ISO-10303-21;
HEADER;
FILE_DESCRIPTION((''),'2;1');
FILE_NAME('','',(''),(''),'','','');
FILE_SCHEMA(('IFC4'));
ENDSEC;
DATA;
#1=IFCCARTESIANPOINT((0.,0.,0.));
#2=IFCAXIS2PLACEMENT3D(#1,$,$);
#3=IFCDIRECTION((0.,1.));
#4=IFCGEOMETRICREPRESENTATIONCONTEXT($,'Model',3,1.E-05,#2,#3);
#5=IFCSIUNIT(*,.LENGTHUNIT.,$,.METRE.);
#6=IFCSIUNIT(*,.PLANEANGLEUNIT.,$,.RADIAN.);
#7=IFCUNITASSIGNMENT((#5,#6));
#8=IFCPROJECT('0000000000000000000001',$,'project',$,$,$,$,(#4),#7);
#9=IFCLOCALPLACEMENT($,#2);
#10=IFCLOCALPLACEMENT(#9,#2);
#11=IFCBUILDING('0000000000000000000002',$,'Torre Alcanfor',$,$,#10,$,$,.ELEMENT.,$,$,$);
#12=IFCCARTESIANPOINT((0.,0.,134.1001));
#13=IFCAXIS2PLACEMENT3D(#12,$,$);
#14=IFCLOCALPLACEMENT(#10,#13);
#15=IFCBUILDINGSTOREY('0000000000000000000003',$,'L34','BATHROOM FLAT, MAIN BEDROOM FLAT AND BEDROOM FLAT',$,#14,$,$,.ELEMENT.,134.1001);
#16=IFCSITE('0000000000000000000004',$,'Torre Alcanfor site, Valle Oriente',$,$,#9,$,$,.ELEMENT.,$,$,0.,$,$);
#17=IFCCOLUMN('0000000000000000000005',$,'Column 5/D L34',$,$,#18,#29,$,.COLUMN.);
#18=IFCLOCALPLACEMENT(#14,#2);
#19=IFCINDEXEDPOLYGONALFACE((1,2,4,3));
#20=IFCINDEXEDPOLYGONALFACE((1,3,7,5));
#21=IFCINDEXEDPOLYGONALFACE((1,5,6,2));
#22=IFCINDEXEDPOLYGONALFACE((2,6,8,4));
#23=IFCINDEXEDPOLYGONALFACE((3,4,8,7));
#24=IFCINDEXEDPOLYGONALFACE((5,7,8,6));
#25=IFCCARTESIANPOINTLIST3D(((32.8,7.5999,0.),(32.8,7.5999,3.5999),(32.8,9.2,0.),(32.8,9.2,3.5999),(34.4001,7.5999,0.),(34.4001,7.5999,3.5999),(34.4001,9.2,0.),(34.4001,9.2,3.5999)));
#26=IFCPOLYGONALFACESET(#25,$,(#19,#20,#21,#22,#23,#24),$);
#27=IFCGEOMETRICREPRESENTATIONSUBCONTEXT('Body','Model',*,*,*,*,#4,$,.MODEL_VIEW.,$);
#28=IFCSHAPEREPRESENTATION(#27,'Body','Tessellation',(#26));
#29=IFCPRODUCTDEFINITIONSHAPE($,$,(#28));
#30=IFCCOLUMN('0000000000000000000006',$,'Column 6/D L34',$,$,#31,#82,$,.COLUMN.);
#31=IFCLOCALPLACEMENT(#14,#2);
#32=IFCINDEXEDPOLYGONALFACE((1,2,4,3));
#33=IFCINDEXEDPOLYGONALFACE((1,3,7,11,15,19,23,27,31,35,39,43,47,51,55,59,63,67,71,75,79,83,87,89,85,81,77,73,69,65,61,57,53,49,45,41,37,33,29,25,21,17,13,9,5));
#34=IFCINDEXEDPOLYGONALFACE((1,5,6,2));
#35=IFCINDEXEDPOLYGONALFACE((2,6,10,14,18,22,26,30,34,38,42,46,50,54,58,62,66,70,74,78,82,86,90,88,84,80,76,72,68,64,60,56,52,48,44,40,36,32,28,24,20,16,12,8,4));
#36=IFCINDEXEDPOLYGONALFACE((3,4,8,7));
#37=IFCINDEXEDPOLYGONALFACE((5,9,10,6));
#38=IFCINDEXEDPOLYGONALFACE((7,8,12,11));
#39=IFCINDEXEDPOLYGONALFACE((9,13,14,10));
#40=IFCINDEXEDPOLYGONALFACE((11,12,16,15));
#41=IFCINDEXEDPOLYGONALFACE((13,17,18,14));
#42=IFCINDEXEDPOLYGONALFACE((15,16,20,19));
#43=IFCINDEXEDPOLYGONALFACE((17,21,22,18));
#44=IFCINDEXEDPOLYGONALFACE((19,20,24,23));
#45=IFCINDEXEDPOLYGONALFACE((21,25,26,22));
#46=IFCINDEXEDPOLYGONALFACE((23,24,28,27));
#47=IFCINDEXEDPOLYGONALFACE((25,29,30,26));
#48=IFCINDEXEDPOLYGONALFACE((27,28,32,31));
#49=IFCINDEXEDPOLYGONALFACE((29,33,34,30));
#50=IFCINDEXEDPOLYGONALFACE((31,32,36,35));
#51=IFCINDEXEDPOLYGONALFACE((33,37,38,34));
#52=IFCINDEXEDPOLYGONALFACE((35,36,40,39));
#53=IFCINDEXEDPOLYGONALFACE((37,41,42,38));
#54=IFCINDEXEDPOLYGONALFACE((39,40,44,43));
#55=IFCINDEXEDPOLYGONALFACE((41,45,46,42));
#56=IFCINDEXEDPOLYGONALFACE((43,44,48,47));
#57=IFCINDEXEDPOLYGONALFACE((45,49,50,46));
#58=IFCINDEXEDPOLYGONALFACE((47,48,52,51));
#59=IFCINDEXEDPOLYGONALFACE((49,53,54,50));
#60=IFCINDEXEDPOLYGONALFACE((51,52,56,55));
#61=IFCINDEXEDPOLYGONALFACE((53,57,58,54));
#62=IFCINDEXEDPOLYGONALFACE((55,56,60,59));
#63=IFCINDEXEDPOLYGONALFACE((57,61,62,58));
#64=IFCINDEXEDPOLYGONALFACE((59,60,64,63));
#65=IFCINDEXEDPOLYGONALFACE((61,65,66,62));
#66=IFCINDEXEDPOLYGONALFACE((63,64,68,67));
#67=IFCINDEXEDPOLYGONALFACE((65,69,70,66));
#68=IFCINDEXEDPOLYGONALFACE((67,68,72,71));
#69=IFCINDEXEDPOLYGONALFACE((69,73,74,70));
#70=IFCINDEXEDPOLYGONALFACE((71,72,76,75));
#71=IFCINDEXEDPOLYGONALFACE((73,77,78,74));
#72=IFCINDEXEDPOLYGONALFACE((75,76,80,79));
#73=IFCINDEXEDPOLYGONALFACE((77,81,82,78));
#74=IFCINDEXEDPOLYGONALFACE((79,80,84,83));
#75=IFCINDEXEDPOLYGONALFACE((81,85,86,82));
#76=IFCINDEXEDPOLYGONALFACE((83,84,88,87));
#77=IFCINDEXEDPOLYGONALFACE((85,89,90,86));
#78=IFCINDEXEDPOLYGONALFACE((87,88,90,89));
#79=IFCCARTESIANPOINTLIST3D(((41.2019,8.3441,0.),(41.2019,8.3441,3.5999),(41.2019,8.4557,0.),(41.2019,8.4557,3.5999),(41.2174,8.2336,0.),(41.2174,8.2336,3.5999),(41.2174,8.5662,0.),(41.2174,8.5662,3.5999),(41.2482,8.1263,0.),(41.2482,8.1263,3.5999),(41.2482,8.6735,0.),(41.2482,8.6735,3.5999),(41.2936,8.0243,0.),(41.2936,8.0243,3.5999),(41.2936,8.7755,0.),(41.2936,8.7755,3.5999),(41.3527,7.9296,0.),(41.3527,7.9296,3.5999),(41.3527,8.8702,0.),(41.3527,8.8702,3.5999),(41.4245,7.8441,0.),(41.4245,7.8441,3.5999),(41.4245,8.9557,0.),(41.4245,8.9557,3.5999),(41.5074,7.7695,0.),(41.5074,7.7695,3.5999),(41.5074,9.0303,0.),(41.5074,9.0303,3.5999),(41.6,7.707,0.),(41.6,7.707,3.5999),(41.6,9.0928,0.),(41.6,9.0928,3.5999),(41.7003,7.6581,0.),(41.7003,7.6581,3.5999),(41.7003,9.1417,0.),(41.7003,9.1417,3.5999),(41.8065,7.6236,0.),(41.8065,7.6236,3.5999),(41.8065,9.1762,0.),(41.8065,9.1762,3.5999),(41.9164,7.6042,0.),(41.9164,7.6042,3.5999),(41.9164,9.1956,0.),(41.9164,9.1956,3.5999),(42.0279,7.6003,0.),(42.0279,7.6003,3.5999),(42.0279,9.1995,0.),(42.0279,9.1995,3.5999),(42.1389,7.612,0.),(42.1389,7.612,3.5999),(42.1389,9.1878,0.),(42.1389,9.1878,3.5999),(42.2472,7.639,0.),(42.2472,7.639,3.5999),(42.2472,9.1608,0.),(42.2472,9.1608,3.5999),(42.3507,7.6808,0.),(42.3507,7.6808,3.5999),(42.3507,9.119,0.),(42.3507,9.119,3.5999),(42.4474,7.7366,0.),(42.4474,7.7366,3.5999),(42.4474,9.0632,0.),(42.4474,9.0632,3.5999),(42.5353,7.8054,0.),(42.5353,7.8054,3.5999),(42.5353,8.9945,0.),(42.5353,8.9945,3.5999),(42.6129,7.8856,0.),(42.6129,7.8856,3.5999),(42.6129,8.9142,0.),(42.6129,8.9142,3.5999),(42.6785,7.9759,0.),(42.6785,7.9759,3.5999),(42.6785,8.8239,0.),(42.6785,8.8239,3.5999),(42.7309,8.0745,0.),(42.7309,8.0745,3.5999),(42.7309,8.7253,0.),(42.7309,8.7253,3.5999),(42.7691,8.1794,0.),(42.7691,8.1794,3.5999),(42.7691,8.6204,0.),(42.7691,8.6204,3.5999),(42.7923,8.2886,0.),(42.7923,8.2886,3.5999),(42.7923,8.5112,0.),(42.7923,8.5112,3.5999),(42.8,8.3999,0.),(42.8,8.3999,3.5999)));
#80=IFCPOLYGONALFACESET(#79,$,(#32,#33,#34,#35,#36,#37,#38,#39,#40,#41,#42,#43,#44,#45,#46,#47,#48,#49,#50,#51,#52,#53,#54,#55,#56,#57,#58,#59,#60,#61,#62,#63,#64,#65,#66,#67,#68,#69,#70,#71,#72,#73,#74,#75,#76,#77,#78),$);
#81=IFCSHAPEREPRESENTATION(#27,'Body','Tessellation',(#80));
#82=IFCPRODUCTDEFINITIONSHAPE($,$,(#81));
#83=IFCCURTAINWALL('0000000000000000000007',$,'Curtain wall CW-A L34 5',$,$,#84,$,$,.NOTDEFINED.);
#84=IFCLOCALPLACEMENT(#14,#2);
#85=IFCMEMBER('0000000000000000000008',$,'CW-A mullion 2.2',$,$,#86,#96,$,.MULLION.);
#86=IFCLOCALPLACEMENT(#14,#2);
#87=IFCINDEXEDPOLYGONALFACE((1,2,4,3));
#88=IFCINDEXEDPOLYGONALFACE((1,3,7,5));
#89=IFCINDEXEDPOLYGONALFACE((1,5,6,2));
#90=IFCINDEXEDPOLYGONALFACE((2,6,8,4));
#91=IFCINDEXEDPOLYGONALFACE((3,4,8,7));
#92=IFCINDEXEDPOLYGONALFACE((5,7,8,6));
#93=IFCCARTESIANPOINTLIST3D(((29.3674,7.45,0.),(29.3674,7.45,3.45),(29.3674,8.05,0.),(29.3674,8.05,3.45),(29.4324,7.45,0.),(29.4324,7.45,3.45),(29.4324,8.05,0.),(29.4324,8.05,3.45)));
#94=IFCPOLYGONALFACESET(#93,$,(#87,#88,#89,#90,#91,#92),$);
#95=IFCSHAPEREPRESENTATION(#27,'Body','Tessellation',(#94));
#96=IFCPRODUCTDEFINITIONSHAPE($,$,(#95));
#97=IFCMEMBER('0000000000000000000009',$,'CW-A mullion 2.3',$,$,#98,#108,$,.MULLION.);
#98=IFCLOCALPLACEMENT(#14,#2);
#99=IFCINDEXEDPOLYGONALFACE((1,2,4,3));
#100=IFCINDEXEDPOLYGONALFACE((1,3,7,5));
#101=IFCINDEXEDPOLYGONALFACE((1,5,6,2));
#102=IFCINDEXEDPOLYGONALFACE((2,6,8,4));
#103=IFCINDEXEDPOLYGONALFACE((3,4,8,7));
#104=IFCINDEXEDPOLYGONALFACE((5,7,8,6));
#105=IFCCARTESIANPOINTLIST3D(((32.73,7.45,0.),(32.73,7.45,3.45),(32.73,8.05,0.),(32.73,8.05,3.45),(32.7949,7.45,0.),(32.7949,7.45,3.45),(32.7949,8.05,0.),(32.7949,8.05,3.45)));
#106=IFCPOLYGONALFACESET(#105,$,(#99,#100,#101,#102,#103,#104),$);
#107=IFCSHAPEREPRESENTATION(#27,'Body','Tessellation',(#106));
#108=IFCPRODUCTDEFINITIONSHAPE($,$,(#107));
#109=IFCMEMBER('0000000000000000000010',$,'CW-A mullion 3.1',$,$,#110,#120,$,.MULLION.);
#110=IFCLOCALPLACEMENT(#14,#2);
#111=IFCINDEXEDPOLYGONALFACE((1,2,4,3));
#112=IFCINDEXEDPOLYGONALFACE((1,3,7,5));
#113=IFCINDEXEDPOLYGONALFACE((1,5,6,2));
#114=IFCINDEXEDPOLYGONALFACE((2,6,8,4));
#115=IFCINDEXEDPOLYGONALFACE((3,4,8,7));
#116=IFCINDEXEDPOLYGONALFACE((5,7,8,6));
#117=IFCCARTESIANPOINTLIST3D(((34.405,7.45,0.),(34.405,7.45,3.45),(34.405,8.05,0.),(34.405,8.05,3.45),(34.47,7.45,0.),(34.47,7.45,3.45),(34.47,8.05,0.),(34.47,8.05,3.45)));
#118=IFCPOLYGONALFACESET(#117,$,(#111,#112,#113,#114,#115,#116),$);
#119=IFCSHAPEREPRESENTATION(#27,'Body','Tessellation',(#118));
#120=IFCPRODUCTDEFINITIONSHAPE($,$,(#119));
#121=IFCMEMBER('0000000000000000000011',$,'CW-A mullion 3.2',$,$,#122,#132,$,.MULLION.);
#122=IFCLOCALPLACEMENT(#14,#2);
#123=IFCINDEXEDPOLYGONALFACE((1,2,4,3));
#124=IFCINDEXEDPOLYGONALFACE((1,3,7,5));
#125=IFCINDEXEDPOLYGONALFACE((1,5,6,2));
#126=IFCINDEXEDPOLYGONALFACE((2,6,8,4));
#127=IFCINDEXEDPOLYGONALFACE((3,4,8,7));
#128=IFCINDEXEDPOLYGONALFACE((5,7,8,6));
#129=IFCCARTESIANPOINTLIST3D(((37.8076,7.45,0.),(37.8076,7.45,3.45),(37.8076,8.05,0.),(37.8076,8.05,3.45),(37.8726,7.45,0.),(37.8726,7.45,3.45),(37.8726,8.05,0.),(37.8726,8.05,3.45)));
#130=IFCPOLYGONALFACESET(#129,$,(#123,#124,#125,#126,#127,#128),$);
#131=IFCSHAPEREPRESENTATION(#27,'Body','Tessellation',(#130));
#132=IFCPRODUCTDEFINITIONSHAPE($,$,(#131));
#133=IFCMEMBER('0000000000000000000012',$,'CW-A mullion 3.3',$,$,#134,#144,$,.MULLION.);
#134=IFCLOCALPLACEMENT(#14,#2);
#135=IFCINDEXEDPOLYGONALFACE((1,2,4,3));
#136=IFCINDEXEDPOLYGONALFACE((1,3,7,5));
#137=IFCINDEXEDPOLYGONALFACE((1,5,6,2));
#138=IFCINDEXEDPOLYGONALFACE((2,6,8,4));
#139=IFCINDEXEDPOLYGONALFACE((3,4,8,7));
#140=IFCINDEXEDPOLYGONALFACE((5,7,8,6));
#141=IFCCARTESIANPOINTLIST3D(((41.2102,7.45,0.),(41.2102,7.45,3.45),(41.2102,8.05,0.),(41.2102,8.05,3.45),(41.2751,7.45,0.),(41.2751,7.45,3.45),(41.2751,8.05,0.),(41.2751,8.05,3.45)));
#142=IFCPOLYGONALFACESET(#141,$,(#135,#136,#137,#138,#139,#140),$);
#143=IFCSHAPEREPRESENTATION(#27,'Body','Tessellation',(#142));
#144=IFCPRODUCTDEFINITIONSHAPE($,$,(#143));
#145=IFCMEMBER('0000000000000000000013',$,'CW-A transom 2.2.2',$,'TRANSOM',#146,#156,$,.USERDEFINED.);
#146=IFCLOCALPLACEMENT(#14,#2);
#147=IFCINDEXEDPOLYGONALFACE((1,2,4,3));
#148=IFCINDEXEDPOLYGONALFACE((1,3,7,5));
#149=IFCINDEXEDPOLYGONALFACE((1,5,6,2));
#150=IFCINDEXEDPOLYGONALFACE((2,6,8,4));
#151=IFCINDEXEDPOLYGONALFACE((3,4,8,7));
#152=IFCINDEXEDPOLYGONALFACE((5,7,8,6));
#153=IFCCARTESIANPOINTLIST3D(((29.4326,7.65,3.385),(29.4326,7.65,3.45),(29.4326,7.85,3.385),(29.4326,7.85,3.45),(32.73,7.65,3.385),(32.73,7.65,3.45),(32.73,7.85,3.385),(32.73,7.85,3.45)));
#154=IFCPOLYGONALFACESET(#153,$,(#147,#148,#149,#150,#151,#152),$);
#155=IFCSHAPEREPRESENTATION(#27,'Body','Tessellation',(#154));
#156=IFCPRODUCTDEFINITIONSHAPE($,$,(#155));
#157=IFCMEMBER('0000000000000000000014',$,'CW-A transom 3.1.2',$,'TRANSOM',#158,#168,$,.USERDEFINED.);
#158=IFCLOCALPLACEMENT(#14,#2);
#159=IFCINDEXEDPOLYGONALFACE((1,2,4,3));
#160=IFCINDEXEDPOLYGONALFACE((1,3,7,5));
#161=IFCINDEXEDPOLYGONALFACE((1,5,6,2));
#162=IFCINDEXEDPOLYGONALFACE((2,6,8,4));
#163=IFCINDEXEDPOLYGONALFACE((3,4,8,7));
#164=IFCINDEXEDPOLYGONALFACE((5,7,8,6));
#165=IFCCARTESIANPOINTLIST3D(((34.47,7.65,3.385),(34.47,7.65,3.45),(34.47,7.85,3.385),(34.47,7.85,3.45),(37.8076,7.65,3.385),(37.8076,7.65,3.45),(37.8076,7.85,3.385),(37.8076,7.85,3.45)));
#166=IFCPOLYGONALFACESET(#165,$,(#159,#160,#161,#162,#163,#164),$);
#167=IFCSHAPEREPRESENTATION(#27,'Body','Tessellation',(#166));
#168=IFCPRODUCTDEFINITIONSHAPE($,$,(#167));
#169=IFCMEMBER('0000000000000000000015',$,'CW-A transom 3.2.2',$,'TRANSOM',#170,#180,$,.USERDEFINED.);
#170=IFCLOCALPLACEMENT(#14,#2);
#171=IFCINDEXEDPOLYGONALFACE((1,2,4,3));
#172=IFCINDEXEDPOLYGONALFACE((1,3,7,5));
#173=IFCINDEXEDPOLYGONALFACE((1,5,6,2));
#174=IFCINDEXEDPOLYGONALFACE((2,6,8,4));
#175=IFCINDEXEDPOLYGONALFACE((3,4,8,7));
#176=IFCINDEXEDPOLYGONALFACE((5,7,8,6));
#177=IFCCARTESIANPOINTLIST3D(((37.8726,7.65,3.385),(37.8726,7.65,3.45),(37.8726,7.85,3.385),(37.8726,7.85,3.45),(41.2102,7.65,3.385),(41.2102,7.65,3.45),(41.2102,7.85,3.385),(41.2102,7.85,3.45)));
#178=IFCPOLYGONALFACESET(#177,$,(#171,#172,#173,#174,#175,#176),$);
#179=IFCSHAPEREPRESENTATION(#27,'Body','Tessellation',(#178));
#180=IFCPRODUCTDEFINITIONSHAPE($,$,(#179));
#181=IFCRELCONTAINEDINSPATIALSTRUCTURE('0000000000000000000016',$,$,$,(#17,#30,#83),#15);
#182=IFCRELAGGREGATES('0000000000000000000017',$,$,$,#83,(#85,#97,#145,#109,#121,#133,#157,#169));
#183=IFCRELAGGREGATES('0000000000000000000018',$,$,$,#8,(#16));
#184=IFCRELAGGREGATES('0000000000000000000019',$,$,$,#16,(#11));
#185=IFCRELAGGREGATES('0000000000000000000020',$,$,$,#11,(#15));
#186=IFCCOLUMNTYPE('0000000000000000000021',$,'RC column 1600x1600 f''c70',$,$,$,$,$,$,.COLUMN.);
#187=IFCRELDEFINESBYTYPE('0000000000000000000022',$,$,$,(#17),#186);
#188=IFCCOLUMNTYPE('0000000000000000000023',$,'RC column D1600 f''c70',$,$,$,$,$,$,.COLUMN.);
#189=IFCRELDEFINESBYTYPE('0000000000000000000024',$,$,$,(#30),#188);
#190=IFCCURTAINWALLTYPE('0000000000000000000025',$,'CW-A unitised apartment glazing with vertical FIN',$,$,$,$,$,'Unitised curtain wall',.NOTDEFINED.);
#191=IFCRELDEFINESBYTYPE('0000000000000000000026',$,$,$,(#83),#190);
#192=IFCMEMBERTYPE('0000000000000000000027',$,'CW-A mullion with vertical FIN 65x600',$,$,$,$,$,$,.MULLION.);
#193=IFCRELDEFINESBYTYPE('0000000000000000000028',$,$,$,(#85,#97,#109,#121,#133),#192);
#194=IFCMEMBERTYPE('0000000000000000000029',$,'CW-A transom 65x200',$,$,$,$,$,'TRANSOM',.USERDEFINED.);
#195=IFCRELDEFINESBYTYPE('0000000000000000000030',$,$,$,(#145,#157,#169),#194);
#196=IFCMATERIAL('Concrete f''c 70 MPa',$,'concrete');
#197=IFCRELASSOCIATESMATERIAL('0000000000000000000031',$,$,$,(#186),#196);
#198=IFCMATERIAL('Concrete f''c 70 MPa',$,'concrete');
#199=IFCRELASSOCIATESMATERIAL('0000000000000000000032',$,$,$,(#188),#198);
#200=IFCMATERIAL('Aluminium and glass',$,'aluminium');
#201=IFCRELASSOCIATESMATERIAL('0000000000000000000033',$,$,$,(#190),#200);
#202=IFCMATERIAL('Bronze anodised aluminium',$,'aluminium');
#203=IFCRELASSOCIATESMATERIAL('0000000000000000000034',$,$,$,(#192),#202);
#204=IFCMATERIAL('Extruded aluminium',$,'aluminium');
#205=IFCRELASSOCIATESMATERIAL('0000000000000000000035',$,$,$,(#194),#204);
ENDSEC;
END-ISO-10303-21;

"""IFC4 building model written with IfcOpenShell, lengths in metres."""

from ifc_helpers import new_model, si_unit, direction, frame, origin, origin_2d, place, context, subcontext, project, spatial, rectangle, circle, extrude, material, material_profile, profile_set, type_object, element, aggregate, save


model = new_model("IFC4")

# Units and contexts
model_context = context("Model", 3, precision=1e-05, world=origin(), true_north=direction((0.0, 1.0)))
body_context = subcontext(model_context, "Body", "Model", "MODEL_VIEW")
ifc_project = project(units=[si_unit("LENGTHUNIT", "METRE"), si_unit("PLANEANGLEUNIT", "RADIAN")], contexts=[model_context])

# Site, building, storey
site_placement = place(None, origin())
site = spatial("IfcSite", under=ifc_project, at=site_placement, Name="Torre Alcanfor site, Valle Oriente", CompositionType="ELEMENT", RefElevation=0.0)
building_placement = place(site_placement, origin())
building = spatial("IfcBuilding", under=site, at=building_placement, Name="Torre Alcanfor", CompositionType="ELEMENT")
storey_placement = place(building_placement, frame((0.0, 0.0, 134.1001)))
storey = spatial("IfcBuildingStorey", under=building, at=storey_placement, Name="L34", Description="BATHROOM FLAT, MAIN BEDROOM FLAT AND BEDROOM FLAT", CompositionType="ELEMENT", Elevation=134.1001)

# Columns
ifc_material_1 = material(Name="Concrete f'c 70 MPa", Category="concrete")
ifc_material_profile_1 = material_profile(ifc_material_1, rectangle(XDim=1.6001, YDim=1.6001, at=origin_2d()), Name="1600x1600")
ifc_profile_set_1 = profile_set([ifc_material_profile_1], Name="Concrete f'c 70 MPa")
column_type_1 = type_object("IfcColumnType", Name="RC column 1600x1600 f'c70", PredefinedType="COLUMN", material=ifc_profile_set_1)
column_1_placement = place(storey_placement, frame((33.6001, 8.3999, 0.0), z_axis=(0.0, 0.0, 1.0), x_axis=(1.0, 0.0, 0.0)))
element("IfcColumn", 1, at=column_1_placement, inside=storey, type_object=column_type_1, Name="Column 5/D L34", PredefinedType="COLUMN", context=body_context, shape_type="SweptSolid", body=[
    extrude(rectangle(XDim=1.6001, YDim=1.6001, at=origin_2d()), origin(), (0.0, 0.0, 1.0), 3.5999),
])
ifc_material_2 = material(Name="Concrete f'c 70 MPa", Category="concrete")
ifc_material_profile_2 = material_profile(ifc_material_2, circle(Radius=0.8, at=origin_2d()), Name="D1600")
ifc_profile_set_2 = profile_set([ifc_material_profile_2], Name="Concrete f'c 70 MPa")
column_type_2 = type_object("IfcColumnType", Name="RC column D1600 f'c70", PredefinedType="COLUMN", material=ifc_profile_set_2)
column_2_placement = place(storey_placement, frame((42.0, 8.3999, 0.0), z_axis=(0.0, 0.0, 1.0), x_axis=(1.0, 0.0, 0.0)))
element("IfcColumn", 2, at=column_2_placement, inside=storey, type_object=column_type_2, Name="Column 6/D L34", PredefinedType="COLUMN", context=body_context, shape_type="SweptSolid", body=[
    extrude(circle(Radius=0.8, at=origin_2d()), origin(), (0.0, 0.0, 1.0), 3.5999),
])

# Curtain wall, members
ifc_material_3 = material(Name="Aluminium and glass", Category="aluminium")
curtain_wall_type = type_object("IfcCurtainWallType", Name="CW-A unitised apartment glazing with vertical FIN", ElementType="Unitised curtain wall", PredefinedType="NOTDEFINED", material=ifc_material_3)
curtain_wall_placement = place(storey_placement, origin())
curtain_wall = element("IfcCurtainWall", 3, at=curtain_wall_placement, inside=storey, type_object=curtain_wall_type, Name="Curtain wall CW-A L34 5", PredefinedType="NOTDEFINED")
ifc_material_4 = material(Name="Bronze anodised aluminium", Category="aluminium")
ifc_material_profile_3 = material_profile(ifc_material_4, rectangle(XDim=0.6001, YDim=0.0649, at=origin_2d()), Name="CW-A mullion 65x600")
ifc_profile_set_3 = profile_set([ifc_material_profile_3], Name="Bronze anodised aluminium")
member_type_1 = type_object("IfcMemberType", Name="CW-A mullion with vertical FIN 65x600", PredefinedType="MULLION", material=ifc_profile_set_3)
member_1_placement = place(storey_placement, frame((29.3999, 7.75, 0.0), z_axis=(0.0, 0.0, 1.0), x_axis=(0.0, 1.0, 0.0)))
member_1 = element("IfcMember", 4, at=member_1_placement, type_object=member_type_1, Name="CW-A mullion 2.2", PredefinedType="MULLION", context=body_context, shape_type="SweptSolid", body=[
    extrude(rectangle(XDim=0.6001, YDim=0.0649, at=origin_2d()), origin(), (0.0, 0.0, 1.0), 3.45),
])
member_2_placement = place(storey_placement, frame((32.7625, 7.75, 0.0), z_axis=(0.0, 0.0, 1.0), x_axis=(0.0, 1.0, 0.0)))
member_2 = element("IfcMember", 5, at=member_2_placement, type_object=member_type_1, Name="CW-A mullion 2.3", PredefinedType="MULLION", context=body_context, shape_type="SweptSolid", body=[
    extrude(rectangle(XDim=0.6001, YDim=0.0649, at=origin_2d()), origin(), (0.0, 0.0, 1.0), 3.45),
])
member_3_placement = place(storey_placement, frame((34.4375, 7.75, 0.0), z_axis=(0.0, 0.0, 1.0), x_axis=(0.0, 1.0, 0.0)))
member_3 = element("IfcMember", 6, at=member_3_placement, type_object=member_type_1, Name="CW-A mullion 3.1", PredefinedType="MULLION", context=body_context, shape_type="SweptSolid", body=[
    extrude(rectangle(XDim=0.6001, YDim=0.0649, at=origin_2d()), origin(), (0.0, 0.0, 1.0), 3.45),
])
member_4_placement = place(storey_placement, frame((37.8401, 7.75, 0.0), z_axis=(0.0, 0.0, 1.0), x_axis=(0.0, 1.0, 0.0)))
member_4 = element("IfcMember", 7, at=member_4_placement, type_object=member_type_1, Name="CW-A mullion 3.2", PredefinedType="MULLION", context=body_context, shape_type="SweptSolid", body=[
    extrude(rectangle(XDim=0.6001, YDim=0.0649, at=origin_2d()), origin(), (0.0, 0.0, 1.0), 3.45),
])
member_5_placement = place(storey_placement, frame((41.2427, 7.75, 0.0), z_axis=(0.0, 0.0, 1.0), x_axis=(0.0, 1.0, 0.0)))
member_5 = element("IfcMember", 8, at=member_5_placement, type_object=member_type_1, Name="CW-A mullion 3.3", PredefinedType="MULLION", context=body_context, shape_type="SweptSolid", body=[
    extrude(rectangle(XDim=0.6001, YDim=0.0649, at=origin_2d()), origin(), (0.0, 0.0, 1.0), 3.45),
])
ifc_material_5 = material(Name="Extruded aluminium", Category="aluminium")
ifc_material_profile_4 = material_profile(ifc_material_5, rectangle(XDim=0.2, YDim=0.0649, at=origin_2d()), Name="CW-A transom 200x65")
ifc_profile_set_4 = profile_set([ifc_material_profile_4], Name="Extruded aluminium")
member_type_2 = type_object("IfcMemberType", Name="CW-A transom 65x200", ElementType="TRANSOM", PredefinedType="USERDEFINED", material=ifc_profile_set_4)
member_6_placement = place(storey_placement, frame((29.4326, 7.75, 3.4175), z_axis=(1.0, 0.0, 0.0), x_axis=(0.0, 1.0, 0.0)))
member_6 = element("IfcMember", 9, at=member_6_placement, type_object=member_type_2, Name="CW-A transom 2.2.2", ObjectType="TRANSOM", PredefinedType="USERDEFINED", context=body_context, shape_type="SweptSolid", body=[
    extrude(rectangle(XDim=0.2, YDim=0.0649, at=origin_2d()), origin(), (0.0, 0.0, 1.0), 3.2974),
])
member_7_placement = place(storey_placement, frame((34.47, 7.75, 3.4175), z_axis=(1.0, 0.0, 0.0), x_axis=(0.0, 1.0, 0.0)))
member_7 = element("IfcMember", 10, at=member_7_placement, type_object=member_type_2, Name="CW-A transom 3.1.2", ObjectType="TRANSOM", PredefinedType="USERDEFINED", context=body_context, shape_type="SweptSolid", body=[
    extrude(rectangle(XDim=0.2, YDim=0.0649, at=origin_2d()), origin(), (0.0, 0.0, 1.0), 3.3376),
])
member_8_placement = place(storey_placement, frame((37.8726, 7.75, 3.4175), z_axis=(1.0, 0.0, 0.0), x_axis=(0.0, 1.0, 0.0)))
member_8 = element("IfcMember", 11, at=member_8_placement, type_object=member_type_2, Name="CW-A transom 3.2.2", ObjectType="TRANSOM", PredefinedType="USERDEFINED", context=body_context, shape_type="SweptSolid", body=[
    extrude(rectangle(XDim=0.2, YDim=0.0649, at=origin_2d()), origin(), (0.0, 0.0, 1.0), 3.3376),
])

aggregate(curtain_wall, [member_1, member_2, member_6, member_3, member_4, member_5, member_7, member_8])

save(model, "model.ifc")
